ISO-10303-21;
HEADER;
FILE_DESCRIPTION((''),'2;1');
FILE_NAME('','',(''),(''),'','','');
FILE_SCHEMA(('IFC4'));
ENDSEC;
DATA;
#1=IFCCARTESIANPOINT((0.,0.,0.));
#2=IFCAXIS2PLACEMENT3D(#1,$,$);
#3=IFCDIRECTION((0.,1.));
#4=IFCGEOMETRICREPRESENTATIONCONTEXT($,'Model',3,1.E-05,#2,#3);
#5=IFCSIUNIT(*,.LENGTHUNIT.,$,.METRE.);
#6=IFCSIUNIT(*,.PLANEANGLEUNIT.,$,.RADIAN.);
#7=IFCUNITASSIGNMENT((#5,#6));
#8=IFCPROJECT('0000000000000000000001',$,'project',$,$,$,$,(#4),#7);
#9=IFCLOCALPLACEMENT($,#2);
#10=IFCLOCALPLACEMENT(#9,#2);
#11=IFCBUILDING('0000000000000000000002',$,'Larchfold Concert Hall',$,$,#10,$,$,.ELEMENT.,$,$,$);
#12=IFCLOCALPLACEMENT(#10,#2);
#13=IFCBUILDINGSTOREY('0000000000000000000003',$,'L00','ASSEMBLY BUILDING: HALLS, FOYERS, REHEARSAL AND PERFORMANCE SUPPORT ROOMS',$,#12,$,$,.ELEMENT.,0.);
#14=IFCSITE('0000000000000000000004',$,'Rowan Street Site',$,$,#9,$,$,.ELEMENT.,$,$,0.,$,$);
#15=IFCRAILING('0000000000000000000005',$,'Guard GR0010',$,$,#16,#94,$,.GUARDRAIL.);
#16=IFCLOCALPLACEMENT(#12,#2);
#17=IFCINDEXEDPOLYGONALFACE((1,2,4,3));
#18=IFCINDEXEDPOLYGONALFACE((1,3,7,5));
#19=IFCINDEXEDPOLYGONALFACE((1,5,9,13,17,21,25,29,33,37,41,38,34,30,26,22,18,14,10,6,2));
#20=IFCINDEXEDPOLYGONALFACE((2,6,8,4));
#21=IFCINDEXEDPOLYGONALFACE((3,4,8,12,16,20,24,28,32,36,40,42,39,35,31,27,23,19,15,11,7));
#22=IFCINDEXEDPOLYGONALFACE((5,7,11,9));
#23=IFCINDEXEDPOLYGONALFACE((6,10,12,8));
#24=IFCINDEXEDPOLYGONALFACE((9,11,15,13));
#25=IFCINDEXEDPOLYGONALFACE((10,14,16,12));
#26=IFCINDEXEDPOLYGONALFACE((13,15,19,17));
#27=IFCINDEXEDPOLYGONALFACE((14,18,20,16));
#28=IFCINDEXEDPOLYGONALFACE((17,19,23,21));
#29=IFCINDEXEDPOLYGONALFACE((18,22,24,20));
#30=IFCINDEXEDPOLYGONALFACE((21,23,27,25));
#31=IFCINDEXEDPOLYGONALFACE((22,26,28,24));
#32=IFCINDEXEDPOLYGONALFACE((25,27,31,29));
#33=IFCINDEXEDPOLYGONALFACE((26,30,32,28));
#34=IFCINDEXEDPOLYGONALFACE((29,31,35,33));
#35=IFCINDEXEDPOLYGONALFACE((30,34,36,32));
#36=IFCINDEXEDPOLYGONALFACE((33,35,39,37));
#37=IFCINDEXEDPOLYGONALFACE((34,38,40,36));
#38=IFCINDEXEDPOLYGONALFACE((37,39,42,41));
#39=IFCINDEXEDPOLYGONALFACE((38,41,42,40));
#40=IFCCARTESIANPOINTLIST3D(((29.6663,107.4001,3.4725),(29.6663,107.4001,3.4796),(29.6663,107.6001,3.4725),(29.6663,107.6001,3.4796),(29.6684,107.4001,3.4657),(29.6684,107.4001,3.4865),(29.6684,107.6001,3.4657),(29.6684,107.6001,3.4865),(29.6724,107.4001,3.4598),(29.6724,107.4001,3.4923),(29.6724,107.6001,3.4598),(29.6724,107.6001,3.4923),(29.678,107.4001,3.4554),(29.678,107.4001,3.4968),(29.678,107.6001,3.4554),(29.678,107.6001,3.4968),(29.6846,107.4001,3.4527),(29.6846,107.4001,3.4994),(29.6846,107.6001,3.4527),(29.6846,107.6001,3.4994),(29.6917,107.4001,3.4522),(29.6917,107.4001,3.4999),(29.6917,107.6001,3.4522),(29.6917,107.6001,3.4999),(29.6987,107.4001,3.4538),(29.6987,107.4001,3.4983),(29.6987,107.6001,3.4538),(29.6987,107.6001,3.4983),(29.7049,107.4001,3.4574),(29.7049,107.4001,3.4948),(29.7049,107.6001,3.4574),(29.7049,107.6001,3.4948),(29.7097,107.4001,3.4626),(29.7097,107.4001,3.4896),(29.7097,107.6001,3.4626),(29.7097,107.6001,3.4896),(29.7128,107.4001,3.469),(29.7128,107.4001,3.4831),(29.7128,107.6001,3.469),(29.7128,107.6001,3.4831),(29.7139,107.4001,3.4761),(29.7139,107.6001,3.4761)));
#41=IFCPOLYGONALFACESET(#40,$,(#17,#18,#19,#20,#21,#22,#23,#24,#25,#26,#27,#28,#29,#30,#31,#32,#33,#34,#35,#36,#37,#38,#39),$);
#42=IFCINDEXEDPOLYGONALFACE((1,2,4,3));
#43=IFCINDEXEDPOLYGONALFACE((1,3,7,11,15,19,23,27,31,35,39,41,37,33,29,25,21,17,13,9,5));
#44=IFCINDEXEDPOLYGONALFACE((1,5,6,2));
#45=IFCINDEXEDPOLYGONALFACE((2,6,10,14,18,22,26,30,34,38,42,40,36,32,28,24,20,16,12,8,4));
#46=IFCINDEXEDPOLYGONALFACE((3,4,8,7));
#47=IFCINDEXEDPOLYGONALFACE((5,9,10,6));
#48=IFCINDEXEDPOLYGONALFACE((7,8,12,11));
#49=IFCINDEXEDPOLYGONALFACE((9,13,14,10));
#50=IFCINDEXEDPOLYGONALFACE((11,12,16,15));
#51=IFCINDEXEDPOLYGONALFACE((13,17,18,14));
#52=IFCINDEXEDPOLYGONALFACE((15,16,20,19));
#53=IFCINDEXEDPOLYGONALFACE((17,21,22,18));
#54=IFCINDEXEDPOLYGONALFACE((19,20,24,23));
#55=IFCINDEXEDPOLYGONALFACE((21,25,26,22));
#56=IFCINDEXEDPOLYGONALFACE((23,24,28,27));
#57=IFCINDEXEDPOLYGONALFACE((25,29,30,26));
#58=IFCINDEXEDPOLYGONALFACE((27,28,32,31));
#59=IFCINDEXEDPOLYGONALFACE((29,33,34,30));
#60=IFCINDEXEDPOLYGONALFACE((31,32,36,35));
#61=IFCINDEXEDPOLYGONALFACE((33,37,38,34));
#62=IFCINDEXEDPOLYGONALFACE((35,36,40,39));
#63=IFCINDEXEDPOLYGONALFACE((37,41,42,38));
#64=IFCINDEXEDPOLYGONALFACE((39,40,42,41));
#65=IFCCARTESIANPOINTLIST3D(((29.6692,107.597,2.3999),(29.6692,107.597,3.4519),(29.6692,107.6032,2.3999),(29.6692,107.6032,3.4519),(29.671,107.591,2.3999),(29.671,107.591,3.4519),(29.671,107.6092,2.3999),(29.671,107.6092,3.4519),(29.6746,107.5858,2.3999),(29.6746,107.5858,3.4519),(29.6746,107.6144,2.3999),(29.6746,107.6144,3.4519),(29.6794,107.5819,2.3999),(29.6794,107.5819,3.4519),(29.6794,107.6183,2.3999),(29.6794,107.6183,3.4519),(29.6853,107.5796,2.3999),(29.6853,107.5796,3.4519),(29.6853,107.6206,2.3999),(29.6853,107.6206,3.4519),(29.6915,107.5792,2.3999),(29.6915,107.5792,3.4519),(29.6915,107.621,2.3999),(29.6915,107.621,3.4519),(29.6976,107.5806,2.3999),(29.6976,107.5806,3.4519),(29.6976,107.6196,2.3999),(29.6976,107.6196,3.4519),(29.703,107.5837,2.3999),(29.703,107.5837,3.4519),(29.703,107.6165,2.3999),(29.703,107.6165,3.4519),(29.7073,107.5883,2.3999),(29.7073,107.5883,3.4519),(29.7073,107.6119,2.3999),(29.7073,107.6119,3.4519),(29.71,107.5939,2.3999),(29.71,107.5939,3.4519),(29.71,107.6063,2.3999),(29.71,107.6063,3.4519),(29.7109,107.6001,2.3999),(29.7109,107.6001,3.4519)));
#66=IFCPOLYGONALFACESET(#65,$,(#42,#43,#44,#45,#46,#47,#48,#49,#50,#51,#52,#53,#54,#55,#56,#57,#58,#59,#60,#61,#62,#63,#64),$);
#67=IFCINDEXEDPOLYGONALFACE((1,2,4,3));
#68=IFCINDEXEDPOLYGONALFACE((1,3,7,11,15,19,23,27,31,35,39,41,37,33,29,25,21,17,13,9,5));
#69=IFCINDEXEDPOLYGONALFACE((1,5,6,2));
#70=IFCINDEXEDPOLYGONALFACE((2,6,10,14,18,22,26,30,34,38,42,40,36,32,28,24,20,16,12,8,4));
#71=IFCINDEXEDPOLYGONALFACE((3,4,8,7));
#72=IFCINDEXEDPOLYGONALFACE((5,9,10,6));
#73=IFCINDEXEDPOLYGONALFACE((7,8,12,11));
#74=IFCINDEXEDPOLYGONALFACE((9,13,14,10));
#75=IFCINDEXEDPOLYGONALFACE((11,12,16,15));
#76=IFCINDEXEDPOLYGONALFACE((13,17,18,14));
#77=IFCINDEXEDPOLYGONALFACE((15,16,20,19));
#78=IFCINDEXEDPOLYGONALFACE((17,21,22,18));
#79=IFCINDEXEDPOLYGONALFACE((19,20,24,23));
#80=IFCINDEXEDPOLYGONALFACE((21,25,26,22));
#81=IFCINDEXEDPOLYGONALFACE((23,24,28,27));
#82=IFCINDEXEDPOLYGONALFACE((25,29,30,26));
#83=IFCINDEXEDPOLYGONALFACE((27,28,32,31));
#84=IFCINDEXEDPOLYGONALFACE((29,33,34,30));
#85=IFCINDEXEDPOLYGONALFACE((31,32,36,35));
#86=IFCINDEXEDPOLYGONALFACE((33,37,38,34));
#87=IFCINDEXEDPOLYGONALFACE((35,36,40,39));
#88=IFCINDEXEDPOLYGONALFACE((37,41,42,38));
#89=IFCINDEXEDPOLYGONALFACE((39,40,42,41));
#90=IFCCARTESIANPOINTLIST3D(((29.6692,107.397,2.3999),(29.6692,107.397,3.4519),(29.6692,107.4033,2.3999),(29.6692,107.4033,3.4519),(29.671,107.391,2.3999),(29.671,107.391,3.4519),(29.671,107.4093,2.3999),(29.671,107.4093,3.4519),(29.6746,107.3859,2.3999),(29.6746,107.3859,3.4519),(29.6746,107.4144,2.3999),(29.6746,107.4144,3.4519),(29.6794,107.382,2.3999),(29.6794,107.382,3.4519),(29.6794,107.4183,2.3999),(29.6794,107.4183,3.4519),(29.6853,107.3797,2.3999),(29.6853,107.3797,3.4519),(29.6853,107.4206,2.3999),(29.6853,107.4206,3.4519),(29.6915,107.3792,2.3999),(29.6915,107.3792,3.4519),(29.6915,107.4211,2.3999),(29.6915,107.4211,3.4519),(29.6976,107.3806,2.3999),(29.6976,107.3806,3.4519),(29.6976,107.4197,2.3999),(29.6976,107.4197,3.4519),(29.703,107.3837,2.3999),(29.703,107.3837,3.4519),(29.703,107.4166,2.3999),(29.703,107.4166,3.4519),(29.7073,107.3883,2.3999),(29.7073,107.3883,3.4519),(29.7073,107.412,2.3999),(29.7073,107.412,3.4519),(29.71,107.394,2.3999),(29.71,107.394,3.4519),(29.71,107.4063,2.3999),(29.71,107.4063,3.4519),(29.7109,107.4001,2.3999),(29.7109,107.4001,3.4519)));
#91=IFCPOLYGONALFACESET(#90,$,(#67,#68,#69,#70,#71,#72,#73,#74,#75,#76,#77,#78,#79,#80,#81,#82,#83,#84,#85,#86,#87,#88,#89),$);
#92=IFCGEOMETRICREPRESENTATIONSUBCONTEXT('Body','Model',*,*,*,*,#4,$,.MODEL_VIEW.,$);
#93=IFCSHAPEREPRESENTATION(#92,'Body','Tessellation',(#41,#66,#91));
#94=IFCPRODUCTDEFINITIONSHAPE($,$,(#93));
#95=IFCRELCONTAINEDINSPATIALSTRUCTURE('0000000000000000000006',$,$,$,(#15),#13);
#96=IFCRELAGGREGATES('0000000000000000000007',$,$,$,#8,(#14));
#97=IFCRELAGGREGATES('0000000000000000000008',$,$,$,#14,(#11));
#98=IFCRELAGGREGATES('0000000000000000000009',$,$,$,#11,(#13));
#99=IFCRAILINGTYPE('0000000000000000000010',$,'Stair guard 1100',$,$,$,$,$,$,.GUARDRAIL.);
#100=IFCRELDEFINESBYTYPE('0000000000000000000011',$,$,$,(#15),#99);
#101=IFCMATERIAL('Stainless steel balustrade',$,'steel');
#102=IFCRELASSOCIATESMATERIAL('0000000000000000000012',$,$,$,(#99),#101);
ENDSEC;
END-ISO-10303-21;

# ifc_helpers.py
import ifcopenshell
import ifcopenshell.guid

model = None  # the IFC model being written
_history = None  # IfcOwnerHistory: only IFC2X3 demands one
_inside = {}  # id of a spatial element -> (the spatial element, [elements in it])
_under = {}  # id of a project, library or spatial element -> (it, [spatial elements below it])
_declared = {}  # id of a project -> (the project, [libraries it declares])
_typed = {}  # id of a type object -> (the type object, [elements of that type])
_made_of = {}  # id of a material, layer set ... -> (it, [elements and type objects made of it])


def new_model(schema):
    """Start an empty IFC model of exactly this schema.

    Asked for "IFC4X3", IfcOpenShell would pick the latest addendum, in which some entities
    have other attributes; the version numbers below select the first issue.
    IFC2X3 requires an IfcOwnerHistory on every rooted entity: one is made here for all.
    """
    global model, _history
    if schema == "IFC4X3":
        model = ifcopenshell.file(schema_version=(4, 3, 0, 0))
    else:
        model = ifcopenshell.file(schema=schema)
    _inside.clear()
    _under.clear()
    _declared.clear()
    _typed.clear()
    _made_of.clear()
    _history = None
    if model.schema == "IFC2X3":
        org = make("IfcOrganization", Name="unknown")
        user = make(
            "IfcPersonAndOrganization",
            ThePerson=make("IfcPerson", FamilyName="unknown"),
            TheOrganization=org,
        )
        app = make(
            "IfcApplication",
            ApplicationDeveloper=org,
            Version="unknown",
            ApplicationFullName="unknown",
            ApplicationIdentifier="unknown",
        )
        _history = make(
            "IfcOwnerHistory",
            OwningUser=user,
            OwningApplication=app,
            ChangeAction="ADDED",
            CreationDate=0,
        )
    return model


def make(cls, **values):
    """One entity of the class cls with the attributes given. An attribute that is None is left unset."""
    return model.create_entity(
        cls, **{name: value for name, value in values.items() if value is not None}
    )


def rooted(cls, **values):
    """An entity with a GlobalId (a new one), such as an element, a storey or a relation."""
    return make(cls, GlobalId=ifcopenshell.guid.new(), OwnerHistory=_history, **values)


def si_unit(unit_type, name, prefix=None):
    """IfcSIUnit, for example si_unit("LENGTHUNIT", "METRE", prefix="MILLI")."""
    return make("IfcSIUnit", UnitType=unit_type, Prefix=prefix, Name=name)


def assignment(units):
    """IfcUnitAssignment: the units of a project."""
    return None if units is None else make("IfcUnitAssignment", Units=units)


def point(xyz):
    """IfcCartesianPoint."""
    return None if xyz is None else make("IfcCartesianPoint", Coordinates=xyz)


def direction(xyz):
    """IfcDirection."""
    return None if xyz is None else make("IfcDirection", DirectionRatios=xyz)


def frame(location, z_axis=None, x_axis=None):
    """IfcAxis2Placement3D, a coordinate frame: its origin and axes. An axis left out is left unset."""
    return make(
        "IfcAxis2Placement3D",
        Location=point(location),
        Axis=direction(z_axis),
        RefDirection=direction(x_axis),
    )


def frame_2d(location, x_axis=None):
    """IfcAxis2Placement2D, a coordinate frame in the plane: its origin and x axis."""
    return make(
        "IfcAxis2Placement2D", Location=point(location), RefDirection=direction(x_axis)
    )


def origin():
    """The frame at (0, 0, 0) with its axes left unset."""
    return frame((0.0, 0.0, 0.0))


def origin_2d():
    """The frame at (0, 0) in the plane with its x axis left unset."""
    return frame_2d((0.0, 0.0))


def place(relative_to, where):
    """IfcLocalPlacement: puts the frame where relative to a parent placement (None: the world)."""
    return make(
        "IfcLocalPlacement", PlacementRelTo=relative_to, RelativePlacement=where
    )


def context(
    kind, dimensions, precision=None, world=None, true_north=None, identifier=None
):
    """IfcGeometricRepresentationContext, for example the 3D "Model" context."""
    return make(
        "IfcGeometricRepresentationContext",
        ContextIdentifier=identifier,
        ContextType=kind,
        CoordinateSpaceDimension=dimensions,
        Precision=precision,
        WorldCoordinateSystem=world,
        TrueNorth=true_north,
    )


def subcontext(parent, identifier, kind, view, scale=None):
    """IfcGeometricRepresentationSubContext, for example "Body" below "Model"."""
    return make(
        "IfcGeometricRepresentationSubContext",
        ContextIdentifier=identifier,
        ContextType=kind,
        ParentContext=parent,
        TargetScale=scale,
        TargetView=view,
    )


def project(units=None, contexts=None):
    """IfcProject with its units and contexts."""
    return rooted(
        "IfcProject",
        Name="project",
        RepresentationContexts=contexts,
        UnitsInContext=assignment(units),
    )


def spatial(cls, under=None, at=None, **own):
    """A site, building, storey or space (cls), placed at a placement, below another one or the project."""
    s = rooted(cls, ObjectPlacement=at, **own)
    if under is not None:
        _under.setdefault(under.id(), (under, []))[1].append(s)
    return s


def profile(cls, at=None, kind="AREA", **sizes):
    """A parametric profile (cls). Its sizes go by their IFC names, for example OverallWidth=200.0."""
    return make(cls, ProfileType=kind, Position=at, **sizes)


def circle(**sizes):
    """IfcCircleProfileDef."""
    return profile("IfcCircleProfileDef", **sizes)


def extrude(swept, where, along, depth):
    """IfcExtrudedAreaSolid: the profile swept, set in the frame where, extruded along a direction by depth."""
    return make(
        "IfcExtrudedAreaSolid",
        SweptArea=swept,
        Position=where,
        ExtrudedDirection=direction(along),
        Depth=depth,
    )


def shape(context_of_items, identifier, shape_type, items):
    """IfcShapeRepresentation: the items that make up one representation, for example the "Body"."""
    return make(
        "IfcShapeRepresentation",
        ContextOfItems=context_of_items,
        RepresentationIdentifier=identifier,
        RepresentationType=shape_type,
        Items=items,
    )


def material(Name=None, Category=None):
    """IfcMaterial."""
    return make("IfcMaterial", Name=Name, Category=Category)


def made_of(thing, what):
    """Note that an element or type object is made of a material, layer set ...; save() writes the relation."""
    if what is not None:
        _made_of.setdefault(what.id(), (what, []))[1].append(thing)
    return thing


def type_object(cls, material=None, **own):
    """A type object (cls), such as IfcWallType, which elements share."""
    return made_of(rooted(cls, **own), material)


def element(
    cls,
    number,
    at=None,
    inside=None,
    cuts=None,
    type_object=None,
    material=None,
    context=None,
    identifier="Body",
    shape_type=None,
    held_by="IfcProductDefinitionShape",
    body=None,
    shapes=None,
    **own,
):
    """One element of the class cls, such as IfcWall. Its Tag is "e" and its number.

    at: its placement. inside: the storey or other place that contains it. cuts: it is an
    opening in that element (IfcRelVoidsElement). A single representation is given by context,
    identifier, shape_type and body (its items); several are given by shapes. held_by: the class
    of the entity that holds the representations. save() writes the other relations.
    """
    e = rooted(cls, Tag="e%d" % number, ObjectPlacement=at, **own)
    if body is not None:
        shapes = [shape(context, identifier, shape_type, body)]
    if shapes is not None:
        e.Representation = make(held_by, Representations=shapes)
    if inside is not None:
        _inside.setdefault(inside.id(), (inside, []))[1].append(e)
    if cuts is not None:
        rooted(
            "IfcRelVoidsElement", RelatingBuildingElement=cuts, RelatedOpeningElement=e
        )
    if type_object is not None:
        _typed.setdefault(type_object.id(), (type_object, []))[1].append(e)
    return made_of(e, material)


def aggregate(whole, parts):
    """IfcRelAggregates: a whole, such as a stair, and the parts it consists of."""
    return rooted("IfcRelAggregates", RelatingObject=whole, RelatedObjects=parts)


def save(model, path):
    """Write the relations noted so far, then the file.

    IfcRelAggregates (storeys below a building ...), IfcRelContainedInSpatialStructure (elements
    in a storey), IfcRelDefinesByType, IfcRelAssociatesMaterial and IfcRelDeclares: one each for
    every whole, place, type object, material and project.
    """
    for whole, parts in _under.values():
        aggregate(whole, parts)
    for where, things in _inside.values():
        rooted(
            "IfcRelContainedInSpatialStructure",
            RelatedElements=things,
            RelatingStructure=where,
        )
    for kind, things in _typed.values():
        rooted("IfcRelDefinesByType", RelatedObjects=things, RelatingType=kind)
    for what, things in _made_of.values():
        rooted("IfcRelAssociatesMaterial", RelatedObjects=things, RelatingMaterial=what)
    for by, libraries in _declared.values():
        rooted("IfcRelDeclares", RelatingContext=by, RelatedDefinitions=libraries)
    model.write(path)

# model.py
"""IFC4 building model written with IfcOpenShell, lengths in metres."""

from ifc_helpers import new_model, si_unit, direction, frame, origin, origin_2d, place, context, subcontext, project, spatial, circle, extrude, material, type_object, element, save


model = new_model("IFC4")

# Units and contexts
model_context = context("Model", 3, precision=1e-05, world=origin(), true_north=direction((0.0, 1.0)))
body_context = subcontext(model_context, "Body", "Model", "MODEL_VIEW")
ifc_project = project(units=[si_unit("LENGTHUNIT", "METRE"), si_unit("PLANEANGLEUNIT", "RADIAN")], contexts=[model_context])

# Site, building, storey
site_placement = place(None, origin())
site = spatial("IfcSite", under=ifc_project, at=site_placement, Name="Rowan Street Site", CompositionType="ELEMENT", RefElevation=0.0)
building_placement = place(site_placement, origin())
building = spatial("IfcBuilding", under=site, at=building_placement, Name="Larchfold Concert Hall", CompositionType="ELEMENT")
storey_placement = place(building_placement, origin())
storey = spatial("IfcBuildingStorey", under=building, at=storey_placement, Name="L00", Description="ASSEMBLY BUILDING: HALLS, FOYERS, REHEARSAL AND PERFORMANCE SUPPORT ROOMS", CompositionType="ELEMENT", Elevation=0.0)

# Railing
ifc_material_1 = material(Name="Stainless steel balustrade", Category="steel")
railing_type_1 = type_object("IfcRailingType", Name="Stair guard 1100", PredefinedType="GUARDRAIL", material=ifc_material_1)
railing_1_placement = place(storey_placement, frame((29.6899, 107.6001, 2.3999)))
element("IfcRailing", 1, at=railing_1_placement, inside=storey, type_object=railing_type_1, Name="Guard GR0010", PredefinedType="GUARDRAIL", context=body_context, shape_type="SweptSolid", body=[
    extrude(circle(Radius=0.0239, at=origin_2d()), frame((0.0, 0.0, 1.0762), z_axis=(0.0, -1.0, 0.0), x_axis=(1.0, 0.0, 0.0)), (0.0, 0.0, 1.0), 0.2),
    extrude(circle(Radius=0.021, at=origin_2d()), origin(), (0.0, 0.0, 1.0), 1.052),
    extrude(circle(Radius=0.021, at=origin_2d()), frame((0.0, -0.2, 0.0)), (0.0, 0.0, 1.0), 1.052),
])

save(model, "model.ifc")
